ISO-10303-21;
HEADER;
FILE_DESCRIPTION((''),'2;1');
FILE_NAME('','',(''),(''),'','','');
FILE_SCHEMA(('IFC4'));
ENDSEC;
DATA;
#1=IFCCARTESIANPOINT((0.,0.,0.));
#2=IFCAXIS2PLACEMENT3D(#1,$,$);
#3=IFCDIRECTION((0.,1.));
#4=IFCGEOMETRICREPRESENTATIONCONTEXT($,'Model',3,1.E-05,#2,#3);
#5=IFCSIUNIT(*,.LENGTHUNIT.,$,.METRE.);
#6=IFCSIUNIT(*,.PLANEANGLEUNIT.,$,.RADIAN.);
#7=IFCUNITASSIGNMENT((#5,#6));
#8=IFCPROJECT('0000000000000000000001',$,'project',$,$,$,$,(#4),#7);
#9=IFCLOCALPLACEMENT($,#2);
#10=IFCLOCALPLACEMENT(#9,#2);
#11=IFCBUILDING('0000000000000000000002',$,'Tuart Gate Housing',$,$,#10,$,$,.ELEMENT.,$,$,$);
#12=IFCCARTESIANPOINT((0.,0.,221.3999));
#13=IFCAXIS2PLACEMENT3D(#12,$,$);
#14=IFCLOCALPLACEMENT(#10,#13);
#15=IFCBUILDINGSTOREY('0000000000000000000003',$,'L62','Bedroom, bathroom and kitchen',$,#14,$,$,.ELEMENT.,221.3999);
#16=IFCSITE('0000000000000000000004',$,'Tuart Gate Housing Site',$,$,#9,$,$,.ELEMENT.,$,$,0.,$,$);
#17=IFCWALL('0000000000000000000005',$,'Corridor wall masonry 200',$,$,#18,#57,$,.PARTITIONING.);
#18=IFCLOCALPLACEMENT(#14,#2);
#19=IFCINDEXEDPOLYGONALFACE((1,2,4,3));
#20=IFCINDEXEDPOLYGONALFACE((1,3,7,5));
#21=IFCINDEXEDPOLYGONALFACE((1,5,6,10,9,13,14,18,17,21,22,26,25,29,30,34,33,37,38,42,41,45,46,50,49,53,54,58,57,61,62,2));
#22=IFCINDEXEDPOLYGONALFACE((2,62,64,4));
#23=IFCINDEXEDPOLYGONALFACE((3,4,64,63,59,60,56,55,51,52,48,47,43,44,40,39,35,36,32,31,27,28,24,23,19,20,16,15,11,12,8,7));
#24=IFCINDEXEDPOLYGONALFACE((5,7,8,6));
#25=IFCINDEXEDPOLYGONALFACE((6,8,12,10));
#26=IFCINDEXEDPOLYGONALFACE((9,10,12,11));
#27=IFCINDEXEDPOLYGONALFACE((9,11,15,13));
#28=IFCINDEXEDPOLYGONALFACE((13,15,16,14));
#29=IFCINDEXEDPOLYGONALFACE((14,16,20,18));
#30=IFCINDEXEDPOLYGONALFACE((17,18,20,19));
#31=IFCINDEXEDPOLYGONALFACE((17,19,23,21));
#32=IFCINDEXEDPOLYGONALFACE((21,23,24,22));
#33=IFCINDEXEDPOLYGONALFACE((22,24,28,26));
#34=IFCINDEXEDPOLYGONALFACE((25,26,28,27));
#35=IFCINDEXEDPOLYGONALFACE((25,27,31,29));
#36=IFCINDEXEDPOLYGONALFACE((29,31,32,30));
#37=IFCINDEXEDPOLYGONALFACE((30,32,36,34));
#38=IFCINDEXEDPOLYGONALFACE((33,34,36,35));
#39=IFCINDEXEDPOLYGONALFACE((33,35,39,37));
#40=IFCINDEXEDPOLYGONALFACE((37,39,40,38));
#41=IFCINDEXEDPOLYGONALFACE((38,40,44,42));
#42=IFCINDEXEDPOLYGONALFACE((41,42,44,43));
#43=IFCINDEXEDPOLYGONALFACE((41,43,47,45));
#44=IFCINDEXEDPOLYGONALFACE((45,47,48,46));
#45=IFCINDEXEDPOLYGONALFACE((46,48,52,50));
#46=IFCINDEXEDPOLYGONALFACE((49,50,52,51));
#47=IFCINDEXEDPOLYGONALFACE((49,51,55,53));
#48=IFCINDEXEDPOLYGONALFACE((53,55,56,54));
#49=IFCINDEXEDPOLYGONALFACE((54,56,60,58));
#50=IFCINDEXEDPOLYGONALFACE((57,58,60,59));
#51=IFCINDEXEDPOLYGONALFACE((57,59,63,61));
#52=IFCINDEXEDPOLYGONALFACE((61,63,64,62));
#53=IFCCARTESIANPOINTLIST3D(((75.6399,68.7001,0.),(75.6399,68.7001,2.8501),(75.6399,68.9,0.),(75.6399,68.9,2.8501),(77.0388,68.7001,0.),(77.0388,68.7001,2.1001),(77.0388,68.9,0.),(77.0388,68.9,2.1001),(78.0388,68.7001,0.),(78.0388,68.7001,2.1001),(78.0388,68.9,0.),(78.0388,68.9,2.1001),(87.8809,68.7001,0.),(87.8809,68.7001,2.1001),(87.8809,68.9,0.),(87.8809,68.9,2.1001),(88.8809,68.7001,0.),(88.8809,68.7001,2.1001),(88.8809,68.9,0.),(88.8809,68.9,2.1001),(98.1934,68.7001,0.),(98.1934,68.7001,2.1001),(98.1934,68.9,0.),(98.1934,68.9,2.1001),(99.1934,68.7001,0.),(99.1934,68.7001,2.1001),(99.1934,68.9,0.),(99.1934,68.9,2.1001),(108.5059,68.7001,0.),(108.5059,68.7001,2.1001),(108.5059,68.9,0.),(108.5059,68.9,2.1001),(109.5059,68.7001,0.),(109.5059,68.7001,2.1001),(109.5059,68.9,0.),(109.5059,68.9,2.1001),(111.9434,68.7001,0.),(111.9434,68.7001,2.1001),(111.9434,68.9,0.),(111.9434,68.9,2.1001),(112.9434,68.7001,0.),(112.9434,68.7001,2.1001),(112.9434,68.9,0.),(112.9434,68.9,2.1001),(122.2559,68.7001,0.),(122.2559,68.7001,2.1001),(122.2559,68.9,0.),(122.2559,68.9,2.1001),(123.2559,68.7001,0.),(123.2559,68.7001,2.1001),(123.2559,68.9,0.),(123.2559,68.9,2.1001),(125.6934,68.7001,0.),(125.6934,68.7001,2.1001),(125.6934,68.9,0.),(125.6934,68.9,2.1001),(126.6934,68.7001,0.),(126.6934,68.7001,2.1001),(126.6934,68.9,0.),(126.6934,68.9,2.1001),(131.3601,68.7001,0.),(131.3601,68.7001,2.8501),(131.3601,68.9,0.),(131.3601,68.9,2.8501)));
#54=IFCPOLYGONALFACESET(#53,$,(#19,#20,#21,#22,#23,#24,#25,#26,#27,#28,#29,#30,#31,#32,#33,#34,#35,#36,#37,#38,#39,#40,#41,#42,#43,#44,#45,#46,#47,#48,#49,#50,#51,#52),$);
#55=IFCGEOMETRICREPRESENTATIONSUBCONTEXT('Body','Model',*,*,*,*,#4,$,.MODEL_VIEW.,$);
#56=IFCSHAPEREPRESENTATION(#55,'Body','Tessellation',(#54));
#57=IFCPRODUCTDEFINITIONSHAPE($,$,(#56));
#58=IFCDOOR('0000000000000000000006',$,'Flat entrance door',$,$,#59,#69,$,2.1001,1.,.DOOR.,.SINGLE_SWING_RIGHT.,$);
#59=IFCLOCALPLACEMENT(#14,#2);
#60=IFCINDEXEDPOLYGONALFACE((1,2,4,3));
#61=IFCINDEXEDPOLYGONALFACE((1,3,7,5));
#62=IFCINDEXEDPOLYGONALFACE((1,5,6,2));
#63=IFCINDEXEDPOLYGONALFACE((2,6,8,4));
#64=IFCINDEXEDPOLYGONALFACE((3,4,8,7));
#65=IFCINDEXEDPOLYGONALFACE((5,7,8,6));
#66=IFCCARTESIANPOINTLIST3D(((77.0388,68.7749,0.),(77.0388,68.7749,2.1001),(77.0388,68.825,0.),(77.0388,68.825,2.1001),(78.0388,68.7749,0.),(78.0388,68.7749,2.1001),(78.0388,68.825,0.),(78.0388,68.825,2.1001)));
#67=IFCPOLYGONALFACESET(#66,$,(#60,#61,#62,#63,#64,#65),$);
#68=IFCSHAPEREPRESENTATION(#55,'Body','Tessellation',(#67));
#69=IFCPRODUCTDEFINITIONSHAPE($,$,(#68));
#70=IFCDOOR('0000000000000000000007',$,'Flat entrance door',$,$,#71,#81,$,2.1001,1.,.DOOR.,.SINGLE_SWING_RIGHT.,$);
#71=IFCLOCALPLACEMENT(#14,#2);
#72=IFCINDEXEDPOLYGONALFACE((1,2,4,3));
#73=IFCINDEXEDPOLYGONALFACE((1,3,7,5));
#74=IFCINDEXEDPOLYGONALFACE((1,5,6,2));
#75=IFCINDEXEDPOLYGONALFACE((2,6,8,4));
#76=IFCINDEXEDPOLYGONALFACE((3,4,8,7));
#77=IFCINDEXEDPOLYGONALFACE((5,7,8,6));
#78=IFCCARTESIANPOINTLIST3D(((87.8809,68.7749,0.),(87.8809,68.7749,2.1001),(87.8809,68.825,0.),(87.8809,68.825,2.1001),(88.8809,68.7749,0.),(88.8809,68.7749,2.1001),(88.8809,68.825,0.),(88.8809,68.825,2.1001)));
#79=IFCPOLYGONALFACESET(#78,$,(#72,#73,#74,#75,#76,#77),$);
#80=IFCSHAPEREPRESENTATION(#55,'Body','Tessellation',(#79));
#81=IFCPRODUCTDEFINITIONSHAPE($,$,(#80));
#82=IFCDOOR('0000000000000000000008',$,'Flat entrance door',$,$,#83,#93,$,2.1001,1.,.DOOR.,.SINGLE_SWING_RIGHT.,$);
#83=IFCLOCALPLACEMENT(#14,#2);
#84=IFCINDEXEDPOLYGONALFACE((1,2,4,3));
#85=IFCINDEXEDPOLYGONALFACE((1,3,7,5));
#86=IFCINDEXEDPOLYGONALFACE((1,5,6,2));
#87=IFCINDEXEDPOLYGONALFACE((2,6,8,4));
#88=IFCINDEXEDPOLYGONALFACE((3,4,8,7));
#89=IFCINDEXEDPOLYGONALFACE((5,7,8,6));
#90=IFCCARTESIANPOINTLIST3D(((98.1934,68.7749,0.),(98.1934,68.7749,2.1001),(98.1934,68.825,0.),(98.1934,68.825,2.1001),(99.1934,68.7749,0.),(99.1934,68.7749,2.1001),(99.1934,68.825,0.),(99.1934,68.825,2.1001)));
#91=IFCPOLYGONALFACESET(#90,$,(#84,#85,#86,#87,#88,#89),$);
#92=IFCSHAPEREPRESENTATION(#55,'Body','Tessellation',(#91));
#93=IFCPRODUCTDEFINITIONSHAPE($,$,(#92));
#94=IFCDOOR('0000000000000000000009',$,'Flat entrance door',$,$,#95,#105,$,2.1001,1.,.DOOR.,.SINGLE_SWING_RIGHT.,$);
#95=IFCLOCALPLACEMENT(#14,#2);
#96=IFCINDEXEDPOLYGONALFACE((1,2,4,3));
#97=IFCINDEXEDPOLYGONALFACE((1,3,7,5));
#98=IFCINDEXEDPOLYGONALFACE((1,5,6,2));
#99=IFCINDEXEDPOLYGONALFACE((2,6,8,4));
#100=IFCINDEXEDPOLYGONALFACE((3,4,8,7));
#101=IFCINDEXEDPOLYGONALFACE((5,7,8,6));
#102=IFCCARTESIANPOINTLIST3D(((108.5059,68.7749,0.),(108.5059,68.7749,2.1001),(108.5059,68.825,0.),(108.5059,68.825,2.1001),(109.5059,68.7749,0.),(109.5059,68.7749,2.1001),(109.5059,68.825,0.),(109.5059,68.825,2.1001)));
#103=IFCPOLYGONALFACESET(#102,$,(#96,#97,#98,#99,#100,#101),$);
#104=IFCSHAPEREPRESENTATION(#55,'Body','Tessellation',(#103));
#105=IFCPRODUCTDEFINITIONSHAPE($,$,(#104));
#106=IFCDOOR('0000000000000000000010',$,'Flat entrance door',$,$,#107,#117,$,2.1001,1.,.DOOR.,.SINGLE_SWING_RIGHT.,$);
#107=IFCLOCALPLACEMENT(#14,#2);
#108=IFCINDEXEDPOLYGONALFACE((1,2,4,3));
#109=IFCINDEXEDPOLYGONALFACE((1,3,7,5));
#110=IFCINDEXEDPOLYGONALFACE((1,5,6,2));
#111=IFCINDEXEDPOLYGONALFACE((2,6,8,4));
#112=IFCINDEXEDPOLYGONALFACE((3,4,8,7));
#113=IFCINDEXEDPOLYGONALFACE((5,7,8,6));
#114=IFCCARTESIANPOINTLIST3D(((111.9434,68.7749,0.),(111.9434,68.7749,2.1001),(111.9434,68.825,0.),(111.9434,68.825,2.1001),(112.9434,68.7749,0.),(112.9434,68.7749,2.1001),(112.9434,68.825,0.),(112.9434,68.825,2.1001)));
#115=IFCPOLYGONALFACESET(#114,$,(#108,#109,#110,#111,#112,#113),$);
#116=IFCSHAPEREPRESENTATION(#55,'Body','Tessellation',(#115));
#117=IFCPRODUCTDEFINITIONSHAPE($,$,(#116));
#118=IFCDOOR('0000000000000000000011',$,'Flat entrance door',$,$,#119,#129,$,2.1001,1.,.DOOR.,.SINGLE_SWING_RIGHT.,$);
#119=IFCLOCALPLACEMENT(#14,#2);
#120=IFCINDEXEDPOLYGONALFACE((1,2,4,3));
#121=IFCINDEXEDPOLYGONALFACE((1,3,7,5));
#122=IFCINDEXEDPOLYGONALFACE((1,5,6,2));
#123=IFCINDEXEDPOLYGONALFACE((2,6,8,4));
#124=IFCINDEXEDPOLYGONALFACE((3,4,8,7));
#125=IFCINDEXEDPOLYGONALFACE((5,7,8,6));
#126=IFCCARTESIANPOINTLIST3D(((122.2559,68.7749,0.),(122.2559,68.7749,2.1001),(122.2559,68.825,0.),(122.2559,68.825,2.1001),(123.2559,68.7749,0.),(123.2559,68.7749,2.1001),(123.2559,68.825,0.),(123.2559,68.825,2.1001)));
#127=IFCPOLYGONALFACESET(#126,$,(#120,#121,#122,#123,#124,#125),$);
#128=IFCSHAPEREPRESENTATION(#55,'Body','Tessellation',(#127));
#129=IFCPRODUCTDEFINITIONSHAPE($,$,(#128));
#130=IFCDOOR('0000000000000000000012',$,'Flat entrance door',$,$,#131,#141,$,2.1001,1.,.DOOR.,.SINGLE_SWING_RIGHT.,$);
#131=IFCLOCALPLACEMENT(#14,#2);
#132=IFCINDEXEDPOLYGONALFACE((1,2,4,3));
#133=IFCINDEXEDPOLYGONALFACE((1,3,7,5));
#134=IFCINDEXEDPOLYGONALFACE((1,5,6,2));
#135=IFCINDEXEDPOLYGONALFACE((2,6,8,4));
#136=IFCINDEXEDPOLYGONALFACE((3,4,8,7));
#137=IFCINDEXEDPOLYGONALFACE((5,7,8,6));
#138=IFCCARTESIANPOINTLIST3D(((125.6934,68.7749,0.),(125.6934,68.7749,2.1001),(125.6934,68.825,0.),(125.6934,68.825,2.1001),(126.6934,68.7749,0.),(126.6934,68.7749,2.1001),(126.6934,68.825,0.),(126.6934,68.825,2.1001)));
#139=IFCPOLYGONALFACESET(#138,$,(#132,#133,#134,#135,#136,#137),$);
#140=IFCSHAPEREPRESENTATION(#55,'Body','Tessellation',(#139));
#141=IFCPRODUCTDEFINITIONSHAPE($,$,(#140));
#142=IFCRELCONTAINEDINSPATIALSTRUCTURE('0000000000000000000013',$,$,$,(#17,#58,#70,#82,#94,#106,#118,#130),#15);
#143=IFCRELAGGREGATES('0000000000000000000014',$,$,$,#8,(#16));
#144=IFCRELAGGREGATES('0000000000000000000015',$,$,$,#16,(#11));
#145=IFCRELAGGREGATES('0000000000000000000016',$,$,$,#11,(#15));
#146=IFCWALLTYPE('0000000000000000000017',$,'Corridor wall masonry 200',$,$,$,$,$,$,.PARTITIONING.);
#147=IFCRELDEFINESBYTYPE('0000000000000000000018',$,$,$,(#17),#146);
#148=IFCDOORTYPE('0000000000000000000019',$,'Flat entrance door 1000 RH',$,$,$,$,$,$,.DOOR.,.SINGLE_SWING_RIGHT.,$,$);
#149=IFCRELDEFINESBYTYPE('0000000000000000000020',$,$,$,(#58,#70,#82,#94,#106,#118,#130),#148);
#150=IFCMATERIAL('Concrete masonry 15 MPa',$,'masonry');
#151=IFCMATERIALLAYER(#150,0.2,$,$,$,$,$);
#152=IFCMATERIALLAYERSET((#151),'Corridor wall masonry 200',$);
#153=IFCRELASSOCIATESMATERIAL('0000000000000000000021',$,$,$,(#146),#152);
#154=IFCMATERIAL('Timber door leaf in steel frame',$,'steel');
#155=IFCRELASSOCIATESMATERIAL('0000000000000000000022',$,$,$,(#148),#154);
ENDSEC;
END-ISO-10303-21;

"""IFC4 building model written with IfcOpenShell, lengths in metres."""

from ifc_helpers import new_model, si_unit, direction, frame, frame_2d, origin, place, context, subcontext, project, spatial, rectangle, extrude, material, layer, layer_set, type_object, element, fill, save


model = new_model("IFC4")

# Units and contexts
model_context = context("Model", 3, precision=1e-05, world=origin(), true_north=direction((0.0, 1.0)))
body_context = subcontext(model_context, "Body", "Model", "MODEL_VIEW")
ifc_project = project(units=[si_unit("LENGTHUNIT", "METRE"), si_unit("PLANEANGLEUNIT", "RADIAN")], contexts=[model_context])

# Site, building, storey
site_placement = place(None, origin())
site = spatial("IfcSite", under=ifc_project, at=site_placement, Name="Tuart Gate Housing Site", CompositionType="ELEMENT", RefElevation=0.0)
building_placement = place(site_placement, origin())
building = spatial("IfcBuilding", under=site, at=building_placement, Name="Tuart Gate Housing", CompositionType="ELEMENT")
storey_placement = place(building_placement, frame((0.0, 0.0, 221.3999)))
storey = spatial("IfcBuildingStorey", under=building, at=storey_placement, Name="L62", Description="Bedroom, bathroom and kitchen", CompositionType="ELEMENT", Elevation=221.3999)

# Wall, openings, doors
ifc_material_1 = material(Name="Concrete masonry 15 MPa", Category="masonry")
ifc_layer_1 = layer(ifc_material_1, 0.2)
ifc_layer_set_1 = layer_set([ifc_layer_1], Name="Corridor wall masonry 200")
wall_type_1 = type_object("IfcWallType", Name="Corridor wall masonry 200", PredefinedType="PARTITIONING", material=ifc_layer_set_1)
wall_1_placement = place(storey_placement, frame((75.6399, 68.8, 0.0), z_axis=(0.0, 0.0, 1.0), x_axis=(1.0, 0.0, 0.0)))
wall_1 = element("IfcWall", 1, at=wall_1_placement, inside=storey, type_object=wall_type_1, Name="Corridor wall masonry 200", PredefinedType="PARTITIONING", context=body_context, shape_type="SweptSolid", body=[
    extrude(rectangle(XDim=55.7202, YDim=0.2, at=frame_2d((27.8601, 0.0))), origin(), (0.0, 0.0, 1.0), 2.8501),
])
opening_1_placement = place(wall_1_placement, frame((1.3989, 0.0, 0.0)))
opening_1 = element("IfcOpeningElement", 2, at=opening_1_placement, cuts=wall_1, PredefinedType="OPENING", context=body_context, shape_type="SweptSolid", body=[
    extrude(rectangle(XDim=1.0, YDim=2.1001, at=frame_2d((0.5, 1.05))), frame((0.0, 0.1099, 0.0), z_axis=(0.0, -1.0, 0.0), x_axis=(1.0, 0.0, 0.0)), (0.0, 0.0, 1.0), 0.22),
])
opening_2_placement = place(wall_1_placement, frame((12.241, 0.0, 0.0)))
opening_2 = element("IfcOpeningElement", 3, at=opening_2_placement, cuts=wall_1, PredefinedType="OPENING", context=body_context, shape_type="SweptSolid", body=[
    extrude(rectangle(XDim=1.0, YDim=2.1001, at=frame_2d((0.5, 1.05))), frame((0.0, 0.1099, 0.0), z_axis=(0.0, -1.0, 0.0), x_axis=(1.0, 0.0, 0.0)), (0.0, 0.0, 1.0), 0.22),
])
opening_3_placement = place(wall_1_placement, frame((22.5535, 0.0, 0.0)))
opening_3 = element("IfcOpeningElement", 4, at=opening_3_placement, cuts=wall_1, PredefinedType="OPENING", context=body_context, shape_type="SweptSolid", body=[
    extrude(rectangle(XDim=1.0, YDim=2.1001, at=frame_2d((0.5, 1.05))), frame((0.0, 0.1099, 0.0), z_axis=(0.0, -1.0, 0.0), x_axis=(1.0, 0.0, 0.0)), (0.0, 0.0, 1.0), 0.22),
])
opening_4_placement = place(wall_1_placement, frame((32.866, 0.0, 0.0)))
opening_4 = element("IfcOpeningElement", 5, at=opening_4_placement, cuts=wall_1, PredefinedType="OPENING", context=body_context, shape_type="SweptSolid", body=[
    extrude(rectangle(XDim=1.0, YDim=2.1001, at=frame_2d((0.5, 1.05))), frame((0.0, 0.1099, 0.0), z_axis=(0.0, -1.0, 0.0), x_axis=(1.0, 0.0, 0.0)), (0.0, 0.0, 1.0), 0.22),
])
opening_5_placement = place(wall_1_placement, frame((36.3035, 0.0, 0.0)))
opening_5 = element("IfcOpeningElement", 6, at=opening_5_placement, cuts=wall_1, PredefinedType="OPENING", context=body_context, shape_type="SweptSolid", body=[
    extrude(rectangle(XDim=1.0, YDim=2.1001, at=frame_2d((0.5, 1.05))), frame((0.0, 0.1099, 0.0), z_axis=(0.0, -1.0, 0.0), x_axis=(1.0, 0.0, 0.0)), (0.0, 0.0, 1.0), 0.22),
])
opening_6_placement = place(wall_1_placement, frame((46.616, 0.0, 0.0)))
opening_6 = element("IfcOpeningElement", 7, at=opening_6_placement, cuts=wall_1, PredefinedType="OPENING", context=body_context, shape_type="SweptSolid", body=[
    extrude(rectangle(XDim=1.0, YDim=2.1001, at=frame_2d((0.5, 1.05))), frame((0.0, 0.1099, 0.0), z_axis=(0.0, -1.0, 0.0), x_axis=(1.0, 0.0, 0.0)), (0.0, 0.0, 1.0), 0.22),
])
opening_7_placement = place(wall_1_placement, frame((50.0535, 0.0, 0.0)))
opening_7 = element("IfcOpeningElement", 8, at=opening_7_placement, cuts=wall_1, PredefinedType="OPENING", context=body_context, shape_type="SweptSolid", body=[
    extrude(rectangle(XDim=1.0, YDim=2.1001, at=frame_2d((0.5, 1.05))), frame((0.0, 0.1099, 0.0), z_axis=(0.0, -1.0, 0.0), x_axis=(1.0, 0.0, 0.0)), (0.0, 0.0, 1.0), 0.22),
])
ifc_material_2 = material(Name="Timber door leaf in steel frame", Category="steel")
door_type_1 = type_object("IfcDoorType", Name="Flat entrance door 1000 RH", OperationType="SINGLE_SWING_RIGHT", PredefinedType="DOOR", material=ifc_material_2)
door_1_placement = place(opening_1_placement, frame((1.0, 0.0, 0.0), z_axis=(0.0, 0.0, 1.0), x_axis=(-1.0, 0.0, 0.0)))
door_1 = element("IfcDoor", 9, at=door_1_placement, inside=storey, type_object=door_type_1, Name="Flat entrance door", OperationType="SINGLE_SWING_RIGHT", OverallHeight=2.1001, OverallWidth=1.0, PredefinedType="DOOR", context=body_context, shape_type="SweptSolid", body=[
    extrude(rectangle(XDim=1.0, YDim=2.1001, at=frame_2d((0.5, 1.05))), frame((0.0, 0.0251, 0.0), z_axis=(0.0, -1.0, 0.0), x_axis=(1.0, 0.0, 0.0)), (0.0, 0.0, 1.0), 0.05),
])
fill(opening_1, door_1)
door_2_placement = place(opening_2_placement, frame((1.0, 0.0, 0.0), z_axis=(0.0, 0.0, 1.0), x_axis=(-1.0, 0.0, 0.0)))
door_2 = element("IfcDoor", 10, at=door_2_placement, inside=storey, type_object=door_type_1, Name="Flat entrance door", OperationType="SINGLE_SWING_RIGHT", OverallHeight=2.1001, OverallWidth=1.0, PredefinedType="DOOR", context=body_context, shape_type="SweptSolid", body=[
    extrude(rectangle(XDim=1.0, YDim=2.1001, at=frame_2d((0.5, 1.05))), frame((0.0, 0.0251, 0.0), z_axis=(0.0, -1.0, 0.0), x_axis=(1.0, 0.0, 0.0)), (0.0, 0.0, 1.0), 0.05),
])
fill(opening_2, door_2)
door_3_placement = place(opening_3_placement, frame((1.0, 0.0, 0.0), z_axis=(0.0, 0.0, 1.0), x_axis=(-1.0, 0.0, 0.0)))
door_3 = element("IfcDoor", 11, at=door_3_placement, inside=storey, type_object=door_type_1, Name="Flat entrance door", OperationType="SINGLE_SWING_RIGHT", OverallHeight=2.1001, OverallWidth=1.0, PredefinedType="DOOR", context=body_context, shape_type="SweptSolid", body=[
    extrude(rectangle(XDim=1.0, YDim=2.1001, at=frame_2d((0.5, 1.05))), frame((0.0, 0.0251, 0.0), z_axis=(0.0, -1.0, 0.0), x_axis=(1.0, 0.0, 0.0)), (0.0, 0.0, 1.0), 0.05),
])
fill(opening_3, door_3)
door_4_placement = place(opening_4_placement, frame((1.0, 0.0, 0.0), z_axis=(0.0, 0.0, 1.0), x_axis=(-1.0, 0.0, 0.0)))
door_4 = element("IfcDoor", 12, at=door_4_placement, inside=storey, type_object=door_type_1, Name="Flat entrance door", OperationType="SINGLE_SWING_RIGHT", OverallHeight=2.1001, OverallWidth=1.0, PredefinedType="DOOR", context=body_context, shape_type="SweptSolid", body=[
    extrude(rectangle(XDim=1.0, YDim=2.1001, at=frame_2d((0.5, 1.05))), frame((0.0, 0.0251, 0.0), z_axis=(0.0, -1.0, 0.0), x_axis=(1.0, 0.0, 0.0)), (0.0, 0.0, 1.0), 0.05),
])
fill(opening_4, door_4)
door_5_placement = place(opening_5_placement, frame((1.0, 0.0, 0.0), z_axis=(0.0, 0.0, 1.0), x_axis=(-1.0, 0.0, 0.0)))
door_5 = element("IfcDoor", 13, at=door_5_placement, inside=storey, type_object=door_type_1, Name="Flat entrance door", OperationType="SINGLE_SWING_RIGHT", OverallHeight=2.1001, OverallWidth=1.0, PredefinedType="DOOR", context=body_context, shape_type="SweptSolid", body=[
    extrude(rectangle(XDim=1.0, YDim=2.1001, at=frame_2d((0.5, 1.05))), frame((0.0, 0.0251, 0.0), z_axis=(0.0, -1.0, 0.0), x_axis=(1.0, 0.0, 0.0)), (0.0, 0.0, 1.0), 0.05),
])
fill(opening_5, door_5)
door_6_placement = place(opening_6_placement, frame((1.0, 0.0, 0.0), z_axis=(0.0, 0.0, 1.0), x_axis=(-1.0, 0.0, 0.0)))
door_6 = element("IfcDoor", 14, at=door_6_placement, inside=storey, type_object=door_type_1, Name="Flat entrance door", OperationType="SINGLE_SWING_RIGHT", OverallHeight=2.1001, OverallWidth=1.0, PredefinedType="DOOR", context=body_context, shape_type="SweptSolid", body=[
    extrude(rectangle(XDim=1.0, YDim=2.1001, at=frame_2d((0.5, 1.05))), frame((0.0, 0.0251, 0.0), z_axis=(0.0, -1.0, 0.0), x_axis=(1.0, 0.0, 0.0)), (0.0, 0.0, 1.0), 0.05),
])
fill(opening_6, door_6)
door_7_placement = place(opening_7_placement, frame((1.0, 0.0, 0.0), z_axis=(0.0, 0.0, 1.0), x_axis=(-1.0, 0.0, 0.0)))
door_7 = element("IfcDoor", 15, at=door_7_placement, inside=storey, type_object=door_type_1, Name="Flat entrance door", OperationType="SINGLE_SWING_RIGHT", OverallHeight=2.1001, OverallWidth=1.0, PredefinedType="DOOR", context=body_context, shape_type="SweptSolid", body=[
    extrude(rectangle(XDim=1.0, YDim=2.1001, at=frame_2d((0.5, 1.05))), frame((0.0, 0.0251, 0.0), z_axis=(0.0, -1.0, 0.0), x_axis=(1.0, 0.0, 0.0)), (0.0, 0.0, 1.0), 0.05),
])
fill(opening_7, door_7)

save(model, "model.ifc")
